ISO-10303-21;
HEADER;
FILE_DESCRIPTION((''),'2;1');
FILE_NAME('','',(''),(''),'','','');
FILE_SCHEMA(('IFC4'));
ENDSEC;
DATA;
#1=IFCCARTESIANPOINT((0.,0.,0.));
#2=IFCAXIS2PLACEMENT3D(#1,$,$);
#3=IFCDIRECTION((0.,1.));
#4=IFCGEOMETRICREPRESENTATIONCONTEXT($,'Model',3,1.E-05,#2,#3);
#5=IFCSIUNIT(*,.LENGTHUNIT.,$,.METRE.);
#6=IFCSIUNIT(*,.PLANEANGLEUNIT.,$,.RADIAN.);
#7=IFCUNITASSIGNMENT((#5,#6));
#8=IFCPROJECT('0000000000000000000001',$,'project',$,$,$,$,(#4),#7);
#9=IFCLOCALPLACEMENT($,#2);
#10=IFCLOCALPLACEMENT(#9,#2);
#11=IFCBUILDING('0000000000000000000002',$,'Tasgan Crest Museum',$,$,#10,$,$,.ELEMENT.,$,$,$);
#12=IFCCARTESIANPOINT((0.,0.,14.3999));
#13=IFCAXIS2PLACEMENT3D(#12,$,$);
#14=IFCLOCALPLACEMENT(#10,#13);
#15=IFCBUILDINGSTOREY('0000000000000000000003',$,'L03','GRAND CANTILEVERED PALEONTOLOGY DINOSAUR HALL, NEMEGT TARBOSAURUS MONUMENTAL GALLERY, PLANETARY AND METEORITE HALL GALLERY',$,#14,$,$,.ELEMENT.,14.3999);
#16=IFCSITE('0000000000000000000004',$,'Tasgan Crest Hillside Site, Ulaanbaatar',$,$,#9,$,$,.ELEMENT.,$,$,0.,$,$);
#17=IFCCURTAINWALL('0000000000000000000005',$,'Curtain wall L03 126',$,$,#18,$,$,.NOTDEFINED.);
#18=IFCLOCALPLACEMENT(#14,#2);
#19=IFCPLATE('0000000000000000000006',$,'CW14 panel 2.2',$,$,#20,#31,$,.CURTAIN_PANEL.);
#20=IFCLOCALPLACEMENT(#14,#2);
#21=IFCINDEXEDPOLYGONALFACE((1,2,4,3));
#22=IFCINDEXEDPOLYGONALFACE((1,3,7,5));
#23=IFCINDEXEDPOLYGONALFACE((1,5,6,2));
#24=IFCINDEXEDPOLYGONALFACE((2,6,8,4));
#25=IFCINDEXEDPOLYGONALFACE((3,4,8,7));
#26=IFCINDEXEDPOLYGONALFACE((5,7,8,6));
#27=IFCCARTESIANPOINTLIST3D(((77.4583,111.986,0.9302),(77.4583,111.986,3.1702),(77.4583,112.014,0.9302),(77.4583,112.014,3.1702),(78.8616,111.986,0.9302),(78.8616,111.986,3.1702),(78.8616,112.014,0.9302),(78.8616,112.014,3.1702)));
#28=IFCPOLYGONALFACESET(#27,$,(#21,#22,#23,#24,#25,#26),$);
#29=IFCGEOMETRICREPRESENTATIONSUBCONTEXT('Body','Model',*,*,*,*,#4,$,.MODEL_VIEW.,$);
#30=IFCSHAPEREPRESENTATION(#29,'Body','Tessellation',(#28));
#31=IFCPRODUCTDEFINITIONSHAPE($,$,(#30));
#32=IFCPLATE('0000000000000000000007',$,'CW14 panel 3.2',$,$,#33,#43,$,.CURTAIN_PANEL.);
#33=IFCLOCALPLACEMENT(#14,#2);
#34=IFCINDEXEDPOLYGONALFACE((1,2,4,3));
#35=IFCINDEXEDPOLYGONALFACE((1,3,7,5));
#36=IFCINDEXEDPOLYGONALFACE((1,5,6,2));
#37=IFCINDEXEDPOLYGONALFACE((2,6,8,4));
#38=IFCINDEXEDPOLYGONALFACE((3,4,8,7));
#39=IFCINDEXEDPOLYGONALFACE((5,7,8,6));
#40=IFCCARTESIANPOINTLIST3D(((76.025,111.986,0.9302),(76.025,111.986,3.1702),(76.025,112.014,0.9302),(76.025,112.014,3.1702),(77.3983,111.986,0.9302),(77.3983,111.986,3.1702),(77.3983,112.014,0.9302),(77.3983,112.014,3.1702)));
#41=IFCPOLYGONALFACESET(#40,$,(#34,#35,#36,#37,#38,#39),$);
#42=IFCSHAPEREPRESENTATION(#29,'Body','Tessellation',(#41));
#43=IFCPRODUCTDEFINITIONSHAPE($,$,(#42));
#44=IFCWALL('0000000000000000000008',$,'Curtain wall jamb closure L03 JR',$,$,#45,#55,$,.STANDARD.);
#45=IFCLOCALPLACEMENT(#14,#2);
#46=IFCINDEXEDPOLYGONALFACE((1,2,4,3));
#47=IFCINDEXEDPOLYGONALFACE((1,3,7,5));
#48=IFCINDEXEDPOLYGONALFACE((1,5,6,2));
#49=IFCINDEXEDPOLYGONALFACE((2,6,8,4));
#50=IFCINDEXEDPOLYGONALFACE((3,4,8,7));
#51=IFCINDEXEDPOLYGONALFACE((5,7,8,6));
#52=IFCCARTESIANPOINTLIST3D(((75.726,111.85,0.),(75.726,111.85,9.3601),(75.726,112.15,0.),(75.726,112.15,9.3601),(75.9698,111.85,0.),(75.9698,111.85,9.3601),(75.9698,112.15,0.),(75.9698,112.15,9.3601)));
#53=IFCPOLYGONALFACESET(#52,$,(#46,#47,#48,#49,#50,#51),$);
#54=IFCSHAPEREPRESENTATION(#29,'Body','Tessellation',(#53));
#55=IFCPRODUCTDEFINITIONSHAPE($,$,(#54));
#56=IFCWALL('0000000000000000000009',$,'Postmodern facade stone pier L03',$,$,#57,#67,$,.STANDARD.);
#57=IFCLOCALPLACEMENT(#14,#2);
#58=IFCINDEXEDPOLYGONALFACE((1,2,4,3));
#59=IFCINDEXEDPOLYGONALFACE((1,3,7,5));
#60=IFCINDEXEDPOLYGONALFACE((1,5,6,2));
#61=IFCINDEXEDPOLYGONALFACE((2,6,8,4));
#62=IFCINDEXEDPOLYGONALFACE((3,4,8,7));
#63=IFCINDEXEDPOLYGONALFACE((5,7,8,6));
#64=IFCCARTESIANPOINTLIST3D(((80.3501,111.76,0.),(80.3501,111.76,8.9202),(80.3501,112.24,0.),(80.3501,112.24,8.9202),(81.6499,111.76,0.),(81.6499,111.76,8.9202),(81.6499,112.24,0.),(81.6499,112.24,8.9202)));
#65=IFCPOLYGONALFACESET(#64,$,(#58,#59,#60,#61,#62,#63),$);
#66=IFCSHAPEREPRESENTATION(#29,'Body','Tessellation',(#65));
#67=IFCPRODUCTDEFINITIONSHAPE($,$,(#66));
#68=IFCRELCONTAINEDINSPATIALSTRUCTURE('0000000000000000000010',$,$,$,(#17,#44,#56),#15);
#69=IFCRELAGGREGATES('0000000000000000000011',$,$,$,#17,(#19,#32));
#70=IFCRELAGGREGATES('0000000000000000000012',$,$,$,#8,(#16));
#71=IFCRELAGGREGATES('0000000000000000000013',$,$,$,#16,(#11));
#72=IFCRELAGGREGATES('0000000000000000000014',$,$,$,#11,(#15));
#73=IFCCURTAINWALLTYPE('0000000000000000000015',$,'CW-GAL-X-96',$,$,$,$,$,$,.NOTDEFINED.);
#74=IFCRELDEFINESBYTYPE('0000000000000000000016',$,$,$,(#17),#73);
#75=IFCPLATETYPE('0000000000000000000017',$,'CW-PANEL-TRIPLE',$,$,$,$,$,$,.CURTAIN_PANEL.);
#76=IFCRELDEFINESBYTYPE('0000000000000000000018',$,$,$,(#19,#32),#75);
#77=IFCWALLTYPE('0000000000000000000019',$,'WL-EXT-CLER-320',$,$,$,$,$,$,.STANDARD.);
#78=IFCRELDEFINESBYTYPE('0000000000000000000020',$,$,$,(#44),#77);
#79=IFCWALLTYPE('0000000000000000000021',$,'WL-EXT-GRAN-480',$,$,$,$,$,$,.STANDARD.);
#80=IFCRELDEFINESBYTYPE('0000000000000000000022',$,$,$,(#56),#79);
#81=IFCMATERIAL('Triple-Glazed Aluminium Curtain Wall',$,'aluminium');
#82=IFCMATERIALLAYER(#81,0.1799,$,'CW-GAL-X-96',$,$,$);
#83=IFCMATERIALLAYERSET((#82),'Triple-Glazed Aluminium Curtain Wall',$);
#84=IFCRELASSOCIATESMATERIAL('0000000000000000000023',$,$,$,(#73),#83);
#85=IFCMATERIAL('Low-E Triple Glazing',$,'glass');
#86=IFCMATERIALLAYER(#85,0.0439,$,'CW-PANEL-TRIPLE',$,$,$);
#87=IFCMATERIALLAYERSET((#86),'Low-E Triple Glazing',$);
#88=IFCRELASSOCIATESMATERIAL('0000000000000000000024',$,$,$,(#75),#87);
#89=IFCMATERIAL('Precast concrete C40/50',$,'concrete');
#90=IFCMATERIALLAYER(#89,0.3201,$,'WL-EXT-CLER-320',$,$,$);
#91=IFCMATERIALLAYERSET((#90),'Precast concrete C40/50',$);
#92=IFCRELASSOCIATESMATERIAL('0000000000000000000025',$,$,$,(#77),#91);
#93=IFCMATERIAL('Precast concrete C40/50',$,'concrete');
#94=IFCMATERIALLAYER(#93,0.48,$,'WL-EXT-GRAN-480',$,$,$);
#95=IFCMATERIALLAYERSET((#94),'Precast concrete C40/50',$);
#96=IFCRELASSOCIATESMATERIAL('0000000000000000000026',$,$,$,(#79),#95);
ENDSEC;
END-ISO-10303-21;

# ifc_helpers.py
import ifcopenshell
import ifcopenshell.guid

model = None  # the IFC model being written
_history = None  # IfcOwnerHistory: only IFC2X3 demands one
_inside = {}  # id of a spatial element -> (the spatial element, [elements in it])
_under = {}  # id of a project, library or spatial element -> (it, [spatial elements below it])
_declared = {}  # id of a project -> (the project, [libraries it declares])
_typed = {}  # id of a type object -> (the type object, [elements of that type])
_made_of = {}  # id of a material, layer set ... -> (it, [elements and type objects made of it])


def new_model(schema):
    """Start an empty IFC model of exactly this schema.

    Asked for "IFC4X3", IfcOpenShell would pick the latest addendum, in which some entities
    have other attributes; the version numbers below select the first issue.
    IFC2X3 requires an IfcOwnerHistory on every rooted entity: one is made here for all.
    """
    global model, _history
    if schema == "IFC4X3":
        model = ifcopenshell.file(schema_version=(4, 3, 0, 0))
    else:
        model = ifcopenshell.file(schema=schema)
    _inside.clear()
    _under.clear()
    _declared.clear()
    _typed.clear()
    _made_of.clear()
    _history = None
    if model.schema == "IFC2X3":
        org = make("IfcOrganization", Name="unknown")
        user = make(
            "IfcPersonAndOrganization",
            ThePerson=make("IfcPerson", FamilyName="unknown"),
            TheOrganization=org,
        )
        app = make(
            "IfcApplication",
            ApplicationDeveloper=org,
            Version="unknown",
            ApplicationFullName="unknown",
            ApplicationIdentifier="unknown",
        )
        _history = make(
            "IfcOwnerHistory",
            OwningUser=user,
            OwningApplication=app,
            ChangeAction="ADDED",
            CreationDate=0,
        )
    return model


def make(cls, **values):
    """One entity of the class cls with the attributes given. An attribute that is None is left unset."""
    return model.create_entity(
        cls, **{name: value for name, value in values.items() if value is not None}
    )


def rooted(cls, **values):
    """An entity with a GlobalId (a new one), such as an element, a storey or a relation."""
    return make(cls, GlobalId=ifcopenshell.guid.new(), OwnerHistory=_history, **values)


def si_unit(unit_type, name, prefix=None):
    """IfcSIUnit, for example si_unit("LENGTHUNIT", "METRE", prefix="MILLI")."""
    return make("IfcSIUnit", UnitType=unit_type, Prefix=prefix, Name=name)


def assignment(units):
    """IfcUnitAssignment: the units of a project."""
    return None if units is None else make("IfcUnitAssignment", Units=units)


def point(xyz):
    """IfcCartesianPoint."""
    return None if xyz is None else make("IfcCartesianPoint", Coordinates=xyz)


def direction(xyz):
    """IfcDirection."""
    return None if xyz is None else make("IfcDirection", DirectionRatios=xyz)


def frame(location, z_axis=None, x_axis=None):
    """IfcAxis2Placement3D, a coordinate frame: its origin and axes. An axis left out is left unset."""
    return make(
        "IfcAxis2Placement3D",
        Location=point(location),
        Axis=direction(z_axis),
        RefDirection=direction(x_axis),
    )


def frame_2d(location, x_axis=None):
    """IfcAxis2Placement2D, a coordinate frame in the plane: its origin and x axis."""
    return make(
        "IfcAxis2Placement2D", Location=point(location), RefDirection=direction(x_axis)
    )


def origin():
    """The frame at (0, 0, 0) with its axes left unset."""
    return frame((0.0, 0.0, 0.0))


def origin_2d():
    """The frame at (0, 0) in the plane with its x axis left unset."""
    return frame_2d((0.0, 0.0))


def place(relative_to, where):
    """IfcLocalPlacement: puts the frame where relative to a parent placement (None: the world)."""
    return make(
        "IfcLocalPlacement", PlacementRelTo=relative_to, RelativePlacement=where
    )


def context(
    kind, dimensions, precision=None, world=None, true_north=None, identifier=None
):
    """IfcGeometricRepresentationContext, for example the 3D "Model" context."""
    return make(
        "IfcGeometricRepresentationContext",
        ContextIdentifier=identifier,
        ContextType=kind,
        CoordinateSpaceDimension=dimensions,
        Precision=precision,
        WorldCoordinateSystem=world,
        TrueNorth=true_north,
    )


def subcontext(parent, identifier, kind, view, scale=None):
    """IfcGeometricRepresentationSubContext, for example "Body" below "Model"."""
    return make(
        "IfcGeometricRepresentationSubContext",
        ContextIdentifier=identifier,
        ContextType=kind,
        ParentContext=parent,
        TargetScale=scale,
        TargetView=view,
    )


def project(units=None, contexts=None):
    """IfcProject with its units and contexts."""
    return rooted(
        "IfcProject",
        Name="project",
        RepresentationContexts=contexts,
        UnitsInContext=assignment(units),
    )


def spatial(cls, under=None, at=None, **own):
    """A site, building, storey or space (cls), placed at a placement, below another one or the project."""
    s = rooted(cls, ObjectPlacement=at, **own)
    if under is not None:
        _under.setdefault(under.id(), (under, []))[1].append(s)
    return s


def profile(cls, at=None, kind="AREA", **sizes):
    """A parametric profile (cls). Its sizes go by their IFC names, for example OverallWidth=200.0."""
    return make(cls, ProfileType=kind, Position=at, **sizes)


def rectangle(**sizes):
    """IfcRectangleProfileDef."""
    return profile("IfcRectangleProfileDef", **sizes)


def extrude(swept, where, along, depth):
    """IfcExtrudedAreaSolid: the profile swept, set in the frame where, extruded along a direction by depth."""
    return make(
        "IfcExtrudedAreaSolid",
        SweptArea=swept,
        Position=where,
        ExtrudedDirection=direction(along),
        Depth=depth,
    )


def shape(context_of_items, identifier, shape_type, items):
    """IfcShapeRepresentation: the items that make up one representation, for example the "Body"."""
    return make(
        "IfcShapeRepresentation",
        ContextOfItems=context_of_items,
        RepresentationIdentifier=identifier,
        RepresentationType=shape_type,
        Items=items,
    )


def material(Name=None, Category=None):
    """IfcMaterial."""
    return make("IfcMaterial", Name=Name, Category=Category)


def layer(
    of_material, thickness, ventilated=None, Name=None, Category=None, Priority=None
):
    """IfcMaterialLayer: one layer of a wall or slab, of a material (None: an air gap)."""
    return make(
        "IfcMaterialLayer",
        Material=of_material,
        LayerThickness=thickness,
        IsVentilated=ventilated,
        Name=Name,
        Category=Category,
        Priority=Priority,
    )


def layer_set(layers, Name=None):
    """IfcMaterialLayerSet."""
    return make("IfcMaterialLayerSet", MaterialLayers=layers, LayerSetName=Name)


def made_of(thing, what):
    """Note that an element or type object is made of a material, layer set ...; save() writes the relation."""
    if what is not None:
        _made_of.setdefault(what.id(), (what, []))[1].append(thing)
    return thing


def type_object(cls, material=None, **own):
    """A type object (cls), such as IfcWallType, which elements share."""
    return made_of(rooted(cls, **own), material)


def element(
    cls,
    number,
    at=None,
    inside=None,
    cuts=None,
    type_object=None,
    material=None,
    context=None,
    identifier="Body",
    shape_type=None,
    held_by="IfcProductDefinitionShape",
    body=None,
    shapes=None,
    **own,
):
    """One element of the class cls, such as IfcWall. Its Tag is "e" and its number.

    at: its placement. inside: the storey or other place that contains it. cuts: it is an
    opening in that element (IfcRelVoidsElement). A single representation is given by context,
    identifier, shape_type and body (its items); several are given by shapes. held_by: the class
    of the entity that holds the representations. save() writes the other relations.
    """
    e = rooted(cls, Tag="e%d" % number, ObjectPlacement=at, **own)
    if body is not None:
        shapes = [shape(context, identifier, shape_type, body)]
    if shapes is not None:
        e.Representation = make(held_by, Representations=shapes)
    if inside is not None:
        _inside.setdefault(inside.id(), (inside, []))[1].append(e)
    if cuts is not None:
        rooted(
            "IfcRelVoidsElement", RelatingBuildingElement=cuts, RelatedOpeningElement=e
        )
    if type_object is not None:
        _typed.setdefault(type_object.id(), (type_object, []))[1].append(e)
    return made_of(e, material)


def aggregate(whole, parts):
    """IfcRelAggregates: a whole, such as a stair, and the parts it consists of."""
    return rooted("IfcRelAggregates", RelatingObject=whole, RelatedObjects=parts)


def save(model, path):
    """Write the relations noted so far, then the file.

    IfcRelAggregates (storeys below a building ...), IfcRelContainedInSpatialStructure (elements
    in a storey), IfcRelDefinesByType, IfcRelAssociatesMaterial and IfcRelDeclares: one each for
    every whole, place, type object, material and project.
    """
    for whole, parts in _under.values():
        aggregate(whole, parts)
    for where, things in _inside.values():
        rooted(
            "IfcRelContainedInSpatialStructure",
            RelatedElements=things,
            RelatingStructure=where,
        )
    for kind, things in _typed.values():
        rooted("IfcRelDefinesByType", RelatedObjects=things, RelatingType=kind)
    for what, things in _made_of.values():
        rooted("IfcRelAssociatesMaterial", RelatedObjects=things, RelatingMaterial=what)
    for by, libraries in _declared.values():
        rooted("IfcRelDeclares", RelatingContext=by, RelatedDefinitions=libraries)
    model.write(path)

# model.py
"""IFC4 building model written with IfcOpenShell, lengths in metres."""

from ifc_helpers import new_model, si_unit, direction, frame, frame_2d, origin, origin_2d, place, context, subcontext, project, spatial, rectangle, extrude, material, layer, layer_set, type_object, element, aggregate, save


model = new_model("IFC4")

# Units and contexts
model_context = context("Model", 3, precision=1e-05, world=origin(), true_north=direction((0.0, 1.0)))
body_context = subcontext(model_context, "Body", "Model", "MODEL_VIEW")
ifc_project = project(units=[si_unit("LENGTHUNIT", "METRE"), si_unit("PLANEANGLEUNIT", "RADIAN")], contexts=[model_context])

# Site, building, storey
site_placement = place(None, origin())
site = spatial("IfcSite", under=ifc_project, at=site_placement, Name="Tasgan Crest Hillside Site, Ulaanbaatar", CompositionType="ELEMENT", RefElevation=0.0)
building_placement = place(site_placement, origin())
building = spatial("IfcBuilding", under=site, at=building_placement, Name="Tasgan Crest Museum", CompositionType="ELEMENT")
storey_placement = place(building_placement, frame((0.0, 0.0, 14.3999)))
storey = spatial("IfcBuildingStorey", under=building, at=storey_placement, Name="L03", Description="GRAND CANTILEVERED PALEONTOLOGY DINOSAUR HALL, NEMEGT TARBOSAURUS MONUMENTAL GALLERY, PLANETARY AND METEORITE HALL GALLERY", CompositionType="ELEMENT", Elevation=14.3999)

# Shared definitions
ifc_material_1 = material(Name="Triple-Glazed Aluminium Curtain Wall", Category="aluminium")
ifc_layer_1 = layer(ifc_material_1, 0.1799, Name="CW-GAL-X-96")
ifc_layer_set_1 = layer_set([ifc_layer_1], Name="Triple-Glazed Aluminium Curtain Wall")
curtain_wall_type = type_object("IfcCurtainWallType", Name="CW-GAL-X-96", PredefinedType="NOTDEFINED", material=ifc_layer_set_1)

# Curtain wall
curtain_wall_1_placement = place(storey_placement, origin())
curtain_wall_1 = element("IfcCurtainWall", 1, at=curtain_wall_1_placement, inside=storey, type_object=curtain_wall_type, Name="Curtain wall L03 126", PredefinedType="NOTDEFINED")

# Plates
ifc_material_2 = material(Name="Low-E Triple Glazing", Category="glass")
ifc_layer_2 = layer(ifc_material_2, 0.0439, Name="CW-PANEL-TRIPLE")
ifc_layer_set_2 = layer_set([ifc_layer_2], Name="Low-E Triple Glazing")
plate_type_1 = type_object("IfcPlateType", Name="CW-PANEL-TRIPLE", PredefinedType="CURTAIN_PANEL", material=ifc_layer_set_2)
plate_1_placement = place(storey_placement, frame((78.1599, 112.0, 0.9302), z_axis=(0.0, 0.0, 1.0), x_axis=(-1.0, 0.0, 0.0)))
plate_1 = element("IfcPlate", 2, at=plate_1_placement, type_object=plate_type_1, Name="CW14 panel 2.2", PredefinedType="CURTAIN_PANEL", context=body_context, shape_type="SweptSolid", body=[
    extrude(rectangle(XDim=1.4033, YDim=0.0281, at=origin_2d()), origin(), (0.0, 0.0, 1.0), 2.24),
])
plate_2_placement = place(storey_placement, frame((76.7117, 112.0, 0.9302), z_axis=(0.0, 0.0, 1.0), x_axis=(-1.0, 0.0, 0.0)))
plate_2 = element("IfcPlate", 3, at=plate_2_placement, type_object=plate_type_1, Name="CW14 panel 3.2", PredefinedType="CURTAIN_PANEL", context=body_context, shape_type="SweptSolid", body=[
    extrude(rectangle(XDim=1.3733, YDim=0.0281, at=origin_2d()), origin(), (0.0, 0.0, 1.0), 2.24),
])
aggregate(curtain_wall_1, [plate_1, plate_2])

# Walls
ifc_material_3 = material(Name="Precast concrete C40/50", Category="concrete")
ifc_layer_3 = layer(ifc_material_3, 0.3201, Name="WL-EXT-CLER-320")
ifc_layer_set_3 = layer_set([ifc_layer_3], Name="Precast concrete C40/50")
wall_type_1 = type_object("IfcWallType", Name="WL-EXT-CLER-320", PredefinedType="STANDARD", material=ifc_layer_set_3)
wall_1_placement = place(storey_placement, frame((75.97, 112.0, 0.0), z_axis=(0.0, 0.0, 1.0), x_axis=(-1.0, 0.0, 0.0)))
element("IfcWall", 4, at=wall_1_placement, inside=storey, type_object=wall_type_1, Name="Curtain wall jamb closure L03 JR", PredefinedType="STANDARD", context=body_context, shape_type="SweptSolid", body=[
    extrude(rectangle(XDim=0.2439, YDim=0.3, at=frame_2d((0.1221, 0.0))), origin(), (0.0, 0.0, 1.0), 9.3601),
])
ifc_material_4 = material(Name="Precast concrete C40/50", Category="concrete")
ifc_layer_4 = layer(ifc_material_4, 0.48, Name="WL-EXT-GRAN-480")
ifc_layer_set_4 = layer_set([ifc_layer_4], Name="Precast concrete C40/50")
wall_type_2 = type_object("IfcWallType", Name="WL-EXT-GRAN-480", PredefinedType="STANDARD", material=ifc_layer_set_4)
wall_2_placement = place(storey_placement, frame((81.6499, 112.0, 0.0), z_axis=(0.0, 0.0, 1.0), x_axis=(-1.0, 0.0, 0.0)))
element("IfcWall", 5, at=wall_2_placement, inside=storey, type_object=wall_type_2, Name="Postmodern facade stone pier L03", PredefinedType="STANDARD", context=body_context, shape_type="SweptSolid", body=[
    extrude(rectangle(XDim=1.2998, YDim=0.48, at=frame_2d((0.6499, 0.0))), origin(), (0.0, 0.0, 1.0), 8.9202),
])

save(model, "model.ifc")
